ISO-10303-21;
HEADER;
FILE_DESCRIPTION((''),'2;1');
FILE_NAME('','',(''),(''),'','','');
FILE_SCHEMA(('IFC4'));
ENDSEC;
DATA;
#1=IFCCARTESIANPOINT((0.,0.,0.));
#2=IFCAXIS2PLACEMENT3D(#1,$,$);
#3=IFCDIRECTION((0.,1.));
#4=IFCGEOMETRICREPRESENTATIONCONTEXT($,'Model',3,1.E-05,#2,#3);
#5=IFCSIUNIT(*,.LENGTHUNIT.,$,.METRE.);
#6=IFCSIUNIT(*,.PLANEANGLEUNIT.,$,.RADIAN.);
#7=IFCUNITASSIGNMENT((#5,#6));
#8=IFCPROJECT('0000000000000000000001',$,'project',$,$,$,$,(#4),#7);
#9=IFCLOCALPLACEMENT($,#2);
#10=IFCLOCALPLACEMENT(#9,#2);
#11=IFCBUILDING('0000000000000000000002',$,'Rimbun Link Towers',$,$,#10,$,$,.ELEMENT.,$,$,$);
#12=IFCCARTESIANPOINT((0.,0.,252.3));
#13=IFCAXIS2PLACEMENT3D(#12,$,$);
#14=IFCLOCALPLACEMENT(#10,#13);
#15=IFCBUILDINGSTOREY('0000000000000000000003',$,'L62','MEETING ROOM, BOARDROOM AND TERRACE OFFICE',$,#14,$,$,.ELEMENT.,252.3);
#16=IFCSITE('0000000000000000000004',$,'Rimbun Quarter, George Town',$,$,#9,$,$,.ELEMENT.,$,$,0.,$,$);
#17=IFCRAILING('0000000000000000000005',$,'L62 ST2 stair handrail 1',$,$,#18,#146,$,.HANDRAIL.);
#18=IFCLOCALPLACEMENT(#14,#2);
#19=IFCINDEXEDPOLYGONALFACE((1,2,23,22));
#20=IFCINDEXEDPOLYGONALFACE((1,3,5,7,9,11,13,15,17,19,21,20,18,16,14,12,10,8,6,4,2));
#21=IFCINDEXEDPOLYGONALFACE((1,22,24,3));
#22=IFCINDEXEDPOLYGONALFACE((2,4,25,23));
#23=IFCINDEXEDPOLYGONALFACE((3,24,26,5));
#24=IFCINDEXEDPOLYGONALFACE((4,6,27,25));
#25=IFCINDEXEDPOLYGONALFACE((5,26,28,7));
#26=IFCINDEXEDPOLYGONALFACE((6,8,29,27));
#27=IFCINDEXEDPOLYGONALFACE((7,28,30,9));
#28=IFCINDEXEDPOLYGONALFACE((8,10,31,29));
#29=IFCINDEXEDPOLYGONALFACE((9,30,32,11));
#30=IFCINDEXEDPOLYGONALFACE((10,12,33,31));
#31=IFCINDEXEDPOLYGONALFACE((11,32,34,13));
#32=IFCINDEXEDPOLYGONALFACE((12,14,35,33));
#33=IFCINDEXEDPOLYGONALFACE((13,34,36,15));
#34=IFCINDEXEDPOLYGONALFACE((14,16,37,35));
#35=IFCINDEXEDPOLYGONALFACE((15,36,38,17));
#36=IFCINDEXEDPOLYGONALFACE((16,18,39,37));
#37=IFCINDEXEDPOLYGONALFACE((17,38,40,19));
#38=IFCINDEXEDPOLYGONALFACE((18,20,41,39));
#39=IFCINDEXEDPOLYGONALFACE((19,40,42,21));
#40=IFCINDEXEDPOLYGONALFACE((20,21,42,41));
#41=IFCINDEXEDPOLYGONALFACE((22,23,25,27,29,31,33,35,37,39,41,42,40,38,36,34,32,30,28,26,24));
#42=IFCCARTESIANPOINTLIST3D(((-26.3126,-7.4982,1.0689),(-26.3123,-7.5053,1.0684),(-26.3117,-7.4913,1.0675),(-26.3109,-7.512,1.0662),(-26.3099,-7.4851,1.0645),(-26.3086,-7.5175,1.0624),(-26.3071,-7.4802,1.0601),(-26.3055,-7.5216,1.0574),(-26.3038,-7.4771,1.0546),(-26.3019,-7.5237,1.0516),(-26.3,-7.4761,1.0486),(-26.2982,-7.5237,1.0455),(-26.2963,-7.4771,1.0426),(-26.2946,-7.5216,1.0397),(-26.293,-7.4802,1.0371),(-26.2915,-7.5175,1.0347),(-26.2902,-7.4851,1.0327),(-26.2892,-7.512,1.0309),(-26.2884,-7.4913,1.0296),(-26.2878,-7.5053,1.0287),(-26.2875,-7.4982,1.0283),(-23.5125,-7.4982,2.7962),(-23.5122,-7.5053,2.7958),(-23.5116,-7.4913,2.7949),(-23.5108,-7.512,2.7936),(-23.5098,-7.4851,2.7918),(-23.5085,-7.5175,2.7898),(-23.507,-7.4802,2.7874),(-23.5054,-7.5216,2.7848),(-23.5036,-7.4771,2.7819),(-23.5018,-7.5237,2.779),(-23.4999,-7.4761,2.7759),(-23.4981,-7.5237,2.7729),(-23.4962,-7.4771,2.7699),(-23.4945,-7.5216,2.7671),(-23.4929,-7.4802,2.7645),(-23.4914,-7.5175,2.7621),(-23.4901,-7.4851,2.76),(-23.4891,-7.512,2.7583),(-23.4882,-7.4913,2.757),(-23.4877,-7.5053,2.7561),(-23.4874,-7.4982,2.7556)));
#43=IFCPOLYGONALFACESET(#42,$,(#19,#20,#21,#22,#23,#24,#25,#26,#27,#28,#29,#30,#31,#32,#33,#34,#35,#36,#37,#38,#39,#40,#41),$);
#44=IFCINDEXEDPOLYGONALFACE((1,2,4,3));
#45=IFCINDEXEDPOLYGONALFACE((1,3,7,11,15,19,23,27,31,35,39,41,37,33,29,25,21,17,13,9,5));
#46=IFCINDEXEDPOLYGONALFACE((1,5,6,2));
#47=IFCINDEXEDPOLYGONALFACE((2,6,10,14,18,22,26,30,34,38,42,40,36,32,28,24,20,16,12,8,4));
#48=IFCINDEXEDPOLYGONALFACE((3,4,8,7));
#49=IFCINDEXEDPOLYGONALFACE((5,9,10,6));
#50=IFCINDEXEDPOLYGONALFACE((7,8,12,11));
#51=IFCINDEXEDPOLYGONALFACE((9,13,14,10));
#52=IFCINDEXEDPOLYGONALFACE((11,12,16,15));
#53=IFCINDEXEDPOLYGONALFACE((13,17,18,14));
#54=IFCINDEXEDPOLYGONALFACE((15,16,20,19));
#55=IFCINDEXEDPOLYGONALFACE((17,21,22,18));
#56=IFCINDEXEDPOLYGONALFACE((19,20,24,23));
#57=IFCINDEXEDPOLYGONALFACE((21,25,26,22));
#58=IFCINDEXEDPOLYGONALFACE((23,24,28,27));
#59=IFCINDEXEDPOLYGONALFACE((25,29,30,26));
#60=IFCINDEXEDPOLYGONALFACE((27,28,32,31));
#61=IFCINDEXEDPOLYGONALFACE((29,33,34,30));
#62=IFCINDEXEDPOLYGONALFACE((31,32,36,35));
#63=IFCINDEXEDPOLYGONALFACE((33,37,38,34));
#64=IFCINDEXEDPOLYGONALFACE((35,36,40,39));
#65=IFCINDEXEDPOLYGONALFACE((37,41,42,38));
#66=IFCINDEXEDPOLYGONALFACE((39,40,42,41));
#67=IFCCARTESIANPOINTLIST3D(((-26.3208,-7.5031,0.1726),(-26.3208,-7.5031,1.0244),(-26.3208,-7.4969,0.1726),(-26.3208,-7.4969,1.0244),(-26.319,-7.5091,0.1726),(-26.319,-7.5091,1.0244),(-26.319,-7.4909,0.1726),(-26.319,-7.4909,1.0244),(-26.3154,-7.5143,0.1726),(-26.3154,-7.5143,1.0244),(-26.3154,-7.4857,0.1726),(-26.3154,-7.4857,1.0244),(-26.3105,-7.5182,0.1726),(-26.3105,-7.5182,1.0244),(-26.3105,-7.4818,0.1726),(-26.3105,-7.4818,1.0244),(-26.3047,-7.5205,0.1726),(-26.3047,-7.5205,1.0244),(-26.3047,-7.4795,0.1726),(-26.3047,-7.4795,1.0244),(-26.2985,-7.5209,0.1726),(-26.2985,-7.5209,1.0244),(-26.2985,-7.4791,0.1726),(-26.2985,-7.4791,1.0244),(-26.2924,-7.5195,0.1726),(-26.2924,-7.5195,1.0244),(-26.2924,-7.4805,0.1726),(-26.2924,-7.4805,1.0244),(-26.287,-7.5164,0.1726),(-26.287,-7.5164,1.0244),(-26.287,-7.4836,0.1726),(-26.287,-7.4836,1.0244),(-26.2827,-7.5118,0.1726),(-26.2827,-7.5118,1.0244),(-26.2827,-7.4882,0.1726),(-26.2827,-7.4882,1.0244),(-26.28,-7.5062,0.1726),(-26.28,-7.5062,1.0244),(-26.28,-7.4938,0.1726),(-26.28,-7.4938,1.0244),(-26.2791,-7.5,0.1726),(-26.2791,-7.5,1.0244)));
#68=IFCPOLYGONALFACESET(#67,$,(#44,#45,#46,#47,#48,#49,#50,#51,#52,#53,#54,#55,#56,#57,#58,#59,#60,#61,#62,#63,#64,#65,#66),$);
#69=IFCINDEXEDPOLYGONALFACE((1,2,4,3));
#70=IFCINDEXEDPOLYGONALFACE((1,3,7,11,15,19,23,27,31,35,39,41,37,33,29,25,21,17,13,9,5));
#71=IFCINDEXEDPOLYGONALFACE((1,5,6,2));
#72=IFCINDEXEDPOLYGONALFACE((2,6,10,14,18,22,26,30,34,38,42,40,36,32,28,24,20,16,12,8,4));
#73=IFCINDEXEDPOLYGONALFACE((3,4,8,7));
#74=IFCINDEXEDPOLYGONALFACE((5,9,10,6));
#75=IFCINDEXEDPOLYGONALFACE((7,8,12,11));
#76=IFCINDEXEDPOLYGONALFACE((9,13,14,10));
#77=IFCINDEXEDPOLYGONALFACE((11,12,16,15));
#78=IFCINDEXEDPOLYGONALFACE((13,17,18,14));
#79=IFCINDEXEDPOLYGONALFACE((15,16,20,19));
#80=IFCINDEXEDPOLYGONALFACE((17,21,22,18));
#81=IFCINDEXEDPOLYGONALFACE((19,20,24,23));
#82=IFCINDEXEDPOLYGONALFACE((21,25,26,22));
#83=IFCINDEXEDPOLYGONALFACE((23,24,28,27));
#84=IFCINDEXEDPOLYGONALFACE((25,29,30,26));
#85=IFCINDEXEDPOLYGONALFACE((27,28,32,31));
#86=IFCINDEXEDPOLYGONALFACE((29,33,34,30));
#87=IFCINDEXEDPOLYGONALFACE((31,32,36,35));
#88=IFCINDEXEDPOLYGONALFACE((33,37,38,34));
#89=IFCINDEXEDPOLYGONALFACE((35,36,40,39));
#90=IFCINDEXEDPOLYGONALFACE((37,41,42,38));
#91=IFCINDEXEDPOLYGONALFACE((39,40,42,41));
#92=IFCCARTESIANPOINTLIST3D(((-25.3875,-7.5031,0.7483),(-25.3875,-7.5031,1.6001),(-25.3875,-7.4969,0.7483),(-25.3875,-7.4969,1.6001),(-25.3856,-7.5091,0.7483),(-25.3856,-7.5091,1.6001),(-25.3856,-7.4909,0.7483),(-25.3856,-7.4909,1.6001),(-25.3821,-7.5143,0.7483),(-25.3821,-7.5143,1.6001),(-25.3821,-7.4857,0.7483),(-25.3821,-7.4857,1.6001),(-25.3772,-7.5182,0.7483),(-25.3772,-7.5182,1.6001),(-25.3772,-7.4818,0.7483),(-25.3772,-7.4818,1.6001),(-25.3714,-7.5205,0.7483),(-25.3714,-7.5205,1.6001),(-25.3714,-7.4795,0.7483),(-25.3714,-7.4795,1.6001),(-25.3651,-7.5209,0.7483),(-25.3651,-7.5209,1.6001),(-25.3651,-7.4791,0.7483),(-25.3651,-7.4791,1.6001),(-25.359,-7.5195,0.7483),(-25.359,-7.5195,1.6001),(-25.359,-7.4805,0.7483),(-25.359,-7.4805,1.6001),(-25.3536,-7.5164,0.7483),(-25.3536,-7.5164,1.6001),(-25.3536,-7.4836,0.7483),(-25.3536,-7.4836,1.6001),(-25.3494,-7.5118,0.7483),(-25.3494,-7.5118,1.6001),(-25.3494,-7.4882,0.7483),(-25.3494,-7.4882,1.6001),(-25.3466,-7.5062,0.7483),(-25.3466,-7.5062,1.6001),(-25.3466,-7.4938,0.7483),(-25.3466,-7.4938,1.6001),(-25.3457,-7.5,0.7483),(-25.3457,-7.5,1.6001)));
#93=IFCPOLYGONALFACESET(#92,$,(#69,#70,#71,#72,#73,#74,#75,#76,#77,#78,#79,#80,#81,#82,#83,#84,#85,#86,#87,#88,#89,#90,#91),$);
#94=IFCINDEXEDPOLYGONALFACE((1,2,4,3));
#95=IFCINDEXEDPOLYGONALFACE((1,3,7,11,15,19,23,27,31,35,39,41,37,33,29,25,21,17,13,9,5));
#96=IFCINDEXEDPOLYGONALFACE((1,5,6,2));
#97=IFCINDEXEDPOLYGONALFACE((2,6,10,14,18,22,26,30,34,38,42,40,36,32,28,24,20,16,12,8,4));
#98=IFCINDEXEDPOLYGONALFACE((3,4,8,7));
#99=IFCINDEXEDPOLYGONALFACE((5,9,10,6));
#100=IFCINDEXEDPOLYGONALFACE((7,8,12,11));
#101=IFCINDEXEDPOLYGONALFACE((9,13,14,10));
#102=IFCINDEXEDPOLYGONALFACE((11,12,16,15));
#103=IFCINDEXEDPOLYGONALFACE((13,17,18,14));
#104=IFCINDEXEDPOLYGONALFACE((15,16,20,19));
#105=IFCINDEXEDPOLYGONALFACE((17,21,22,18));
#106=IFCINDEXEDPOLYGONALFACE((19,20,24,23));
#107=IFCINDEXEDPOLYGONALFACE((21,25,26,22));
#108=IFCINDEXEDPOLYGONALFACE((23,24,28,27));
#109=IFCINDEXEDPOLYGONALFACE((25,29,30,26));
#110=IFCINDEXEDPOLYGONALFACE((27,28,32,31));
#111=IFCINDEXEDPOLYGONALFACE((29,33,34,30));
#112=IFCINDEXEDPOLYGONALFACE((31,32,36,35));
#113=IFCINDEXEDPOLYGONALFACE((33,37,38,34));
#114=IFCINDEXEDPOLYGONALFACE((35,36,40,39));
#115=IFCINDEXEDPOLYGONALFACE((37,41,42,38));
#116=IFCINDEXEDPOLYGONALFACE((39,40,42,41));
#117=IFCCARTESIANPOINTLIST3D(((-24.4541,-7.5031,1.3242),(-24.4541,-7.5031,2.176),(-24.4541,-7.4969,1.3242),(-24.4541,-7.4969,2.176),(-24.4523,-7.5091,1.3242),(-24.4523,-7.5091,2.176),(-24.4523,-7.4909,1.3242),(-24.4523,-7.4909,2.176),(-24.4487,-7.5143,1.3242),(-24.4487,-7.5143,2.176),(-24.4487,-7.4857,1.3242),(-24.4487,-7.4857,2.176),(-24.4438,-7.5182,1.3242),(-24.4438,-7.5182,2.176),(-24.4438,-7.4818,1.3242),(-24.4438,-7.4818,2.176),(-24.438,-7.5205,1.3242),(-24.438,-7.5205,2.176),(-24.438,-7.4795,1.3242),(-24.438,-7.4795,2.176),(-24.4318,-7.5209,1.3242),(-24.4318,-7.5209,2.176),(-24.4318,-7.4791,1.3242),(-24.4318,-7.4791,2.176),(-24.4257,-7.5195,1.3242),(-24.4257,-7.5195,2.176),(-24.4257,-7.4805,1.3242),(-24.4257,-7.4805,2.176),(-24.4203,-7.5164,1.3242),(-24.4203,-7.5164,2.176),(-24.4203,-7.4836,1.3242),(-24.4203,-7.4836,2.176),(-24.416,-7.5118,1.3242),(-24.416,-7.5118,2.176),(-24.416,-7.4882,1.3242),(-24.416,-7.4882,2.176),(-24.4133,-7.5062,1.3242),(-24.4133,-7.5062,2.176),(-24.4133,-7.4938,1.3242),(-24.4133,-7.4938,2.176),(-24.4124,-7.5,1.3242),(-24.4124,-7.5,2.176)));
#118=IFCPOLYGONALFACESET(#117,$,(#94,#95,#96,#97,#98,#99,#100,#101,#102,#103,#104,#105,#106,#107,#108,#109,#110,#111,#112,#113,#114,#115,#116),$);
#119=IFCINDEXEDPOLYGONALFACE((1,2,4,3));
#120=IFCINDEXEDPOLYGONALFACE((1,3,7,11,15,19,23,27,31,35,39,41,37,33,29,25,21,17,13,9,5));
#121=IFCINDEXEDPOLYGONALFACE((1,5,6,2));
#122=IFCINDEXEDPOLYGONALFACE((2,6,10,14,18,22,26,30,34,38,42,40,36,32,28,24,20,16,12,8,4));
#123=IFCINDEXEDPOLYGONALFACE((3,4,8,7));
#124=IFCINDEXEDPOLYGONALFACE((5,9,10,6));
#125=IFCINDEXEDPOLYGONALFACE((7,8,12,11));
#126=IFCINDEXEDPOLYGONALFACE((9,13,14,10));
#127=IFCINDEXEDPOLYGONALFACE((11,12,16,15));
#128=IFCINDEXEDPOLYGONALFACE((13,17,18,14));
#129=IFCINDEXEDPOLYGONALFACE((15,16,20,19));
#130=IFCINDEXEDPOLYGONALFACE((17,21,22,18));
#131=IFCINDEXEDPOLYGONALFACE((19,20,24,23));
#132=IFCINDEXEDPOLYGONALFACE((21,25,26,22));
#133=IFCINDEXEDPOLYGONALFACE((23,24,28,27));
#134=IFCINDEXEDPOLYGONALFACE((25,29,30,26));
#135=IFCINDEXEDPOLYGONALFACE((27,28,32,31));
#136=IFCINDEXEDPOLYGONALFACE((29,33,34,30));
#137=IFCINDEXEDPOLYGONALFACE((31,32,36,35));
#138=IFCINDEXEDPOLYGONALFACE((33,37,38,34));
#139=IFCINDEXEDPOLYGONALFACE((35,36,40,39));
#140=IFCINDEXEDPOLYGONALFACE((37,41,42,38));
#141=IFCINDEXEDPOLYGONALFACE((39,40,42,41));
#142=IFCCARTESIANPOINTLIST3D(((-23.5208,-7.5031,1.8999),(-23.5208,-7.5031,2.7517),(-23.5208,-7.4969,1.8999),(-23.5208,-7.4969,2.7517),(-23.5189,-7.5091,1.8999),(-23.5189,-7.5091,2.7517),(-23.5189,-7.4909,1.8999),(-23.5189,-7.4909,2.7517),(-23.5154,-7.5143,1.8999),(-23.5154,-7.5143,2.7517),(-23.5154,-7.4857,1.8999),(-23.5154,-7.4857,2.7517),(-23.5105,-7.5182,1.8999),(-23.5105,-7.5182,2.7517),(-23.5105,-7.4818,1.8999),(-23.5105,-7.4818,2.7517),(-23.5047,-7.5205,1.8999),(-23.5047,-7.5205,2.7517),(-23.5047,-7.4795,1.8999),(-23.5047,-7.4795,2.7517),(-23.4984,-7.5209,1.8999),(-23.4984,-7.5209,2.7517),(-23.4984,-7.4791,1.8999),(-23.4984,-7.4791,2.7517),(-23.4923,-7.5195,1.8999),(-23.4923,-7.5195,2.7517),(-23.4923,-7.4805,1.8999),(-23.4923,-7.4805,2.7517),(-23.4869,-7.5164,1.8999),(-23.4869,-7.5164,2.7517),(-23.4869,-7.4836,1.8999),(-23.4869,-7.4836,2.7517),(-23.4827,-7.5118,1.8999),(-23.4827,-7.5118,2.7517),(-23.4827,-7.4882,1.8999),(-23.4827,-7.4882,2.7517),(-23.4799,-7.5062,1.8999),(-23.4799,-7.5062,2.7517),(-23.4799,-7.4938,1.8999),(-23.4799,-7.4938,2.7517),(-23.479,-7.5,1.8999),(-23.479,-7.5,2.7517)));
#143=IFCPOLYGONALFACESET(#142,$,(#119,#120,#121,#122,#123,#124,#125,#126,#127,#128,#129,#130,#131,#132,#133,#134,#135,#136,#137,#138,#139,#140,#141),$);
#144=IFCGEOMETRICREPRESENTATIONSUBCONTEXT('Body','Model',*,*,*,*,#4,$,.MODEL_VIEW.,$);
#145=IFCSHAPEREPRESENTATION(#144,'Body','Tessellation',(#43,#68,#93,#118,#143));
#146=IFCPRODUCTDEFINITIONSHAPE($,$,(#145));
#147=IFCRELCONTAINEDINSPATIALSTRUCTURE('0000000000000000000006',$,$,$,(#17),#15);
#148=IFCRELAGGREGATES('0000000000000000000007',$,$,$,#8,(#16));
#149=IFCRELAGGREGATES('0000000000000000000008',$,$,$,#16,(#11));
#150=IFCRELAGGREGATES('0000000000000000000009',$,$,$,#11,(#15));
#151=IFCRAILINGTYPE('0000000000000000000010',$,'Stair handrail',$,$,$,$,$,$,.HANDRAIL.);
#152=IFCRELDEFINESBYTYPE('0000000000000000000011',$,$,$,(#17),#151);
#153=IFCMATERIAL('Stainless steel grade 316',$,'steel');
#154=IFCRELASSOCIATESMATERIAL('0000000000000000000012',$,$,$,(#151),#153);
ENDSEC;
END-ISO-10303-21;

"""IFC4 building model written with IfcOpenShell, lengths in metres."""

from ifc_helpers import new_model, si_unit, direction, frame, origin, origin_2d, place, context, subcontext, project, spatial, circle, extrude, material, type_object, element, save


model = new_model("IFC4")

# Units and contexts
model_context = context("Model", 3, precision=1e-05, world=origin(), true_north=direction((0.0, 1.0)))
body_context = subcontext(model_context, "Body", "Model", "MODEL_VIEW")
ifc_project = project(units=[si_unit("LENGTHUNIT", "METRE"), si_unit("PLANEANGLEUNIT", "RADIAN")], contexts=[model_context])

# Site, building, storey
site_placement = place(None, origin())
site = spatial("IfcSite", under=ifc_project, at=site_placement, Name="Rimbun Quarter, George Town", CompositionType="ELEMENT", RefElevation=0.0)
building_placement = place(site_placement, origin())
building = spatial("IfcBuilding", under=site, at=building_placement, Name="Rimbun Link Towers", CompositionType="ELEMENT")
storey_placement = place(building_placement, frame((0.0, 0.0, 252.3)))
storey = spatial("IfcBuildingStorey", under=building, at=storey_placement, Name="L62", Description="MEETING ROOM, BOARDROOM AND TERRACE OFFICE", CompositionType="ELEMENT", Elevation=252.3)

# Railing
ifc_material_1 = material(Name="Stainless steel grade 316", Category="steel")
railing_type_1 = type_object("IfcRailingType", Name="Stair handrail", PredefinedType="HANDRAIL", material=ifc_material_1)
railing_1_placement = place(storey_placement, frame((-26.3, -7.5, 0.1726)))
element("IfcRailing", 1, at=railing_1_placement, inside=storey, type_object=railing_type_1, Name="L62 ST2 stair handrail 1", PredefinedType="HANDRAIL", context=body_context, shape_type="SweptSolid", body=[
    extrude(circle(Radius=0.0239, at=origin_2d()), frame((0.0, 0.0, 0.876), z_axis=(0.85109, 0.0, 0.52502), x_axis=(0.0, 1.0, 0.0)), (0.0, 0.0, 1.0), 3.29),
    extrude(circle(Radius=0.021, at=origin_2d()), origin(), (0.0, 0.0, 1.0), 0.8518),
    extrude(circle(Radius=0.021, at=origin_2d()), frame((0.9333, 0.0, 0.5757)), (0.0, 0.0, 1.0), 0.8518),
    extrude(circle(Radius=0.021, at=origin_2d()), frame((1.8667, 0.0, 1.1516)), (0.0, 0.0, 1.0), 0.8518),
    extrude(circle(Radius=0.021, at=origin_2d()), frame((2.8, 0.0, 1.7273)), (0.0, 0.0, 1.0), 0.8518),
])

save(model, "model.ifc")
